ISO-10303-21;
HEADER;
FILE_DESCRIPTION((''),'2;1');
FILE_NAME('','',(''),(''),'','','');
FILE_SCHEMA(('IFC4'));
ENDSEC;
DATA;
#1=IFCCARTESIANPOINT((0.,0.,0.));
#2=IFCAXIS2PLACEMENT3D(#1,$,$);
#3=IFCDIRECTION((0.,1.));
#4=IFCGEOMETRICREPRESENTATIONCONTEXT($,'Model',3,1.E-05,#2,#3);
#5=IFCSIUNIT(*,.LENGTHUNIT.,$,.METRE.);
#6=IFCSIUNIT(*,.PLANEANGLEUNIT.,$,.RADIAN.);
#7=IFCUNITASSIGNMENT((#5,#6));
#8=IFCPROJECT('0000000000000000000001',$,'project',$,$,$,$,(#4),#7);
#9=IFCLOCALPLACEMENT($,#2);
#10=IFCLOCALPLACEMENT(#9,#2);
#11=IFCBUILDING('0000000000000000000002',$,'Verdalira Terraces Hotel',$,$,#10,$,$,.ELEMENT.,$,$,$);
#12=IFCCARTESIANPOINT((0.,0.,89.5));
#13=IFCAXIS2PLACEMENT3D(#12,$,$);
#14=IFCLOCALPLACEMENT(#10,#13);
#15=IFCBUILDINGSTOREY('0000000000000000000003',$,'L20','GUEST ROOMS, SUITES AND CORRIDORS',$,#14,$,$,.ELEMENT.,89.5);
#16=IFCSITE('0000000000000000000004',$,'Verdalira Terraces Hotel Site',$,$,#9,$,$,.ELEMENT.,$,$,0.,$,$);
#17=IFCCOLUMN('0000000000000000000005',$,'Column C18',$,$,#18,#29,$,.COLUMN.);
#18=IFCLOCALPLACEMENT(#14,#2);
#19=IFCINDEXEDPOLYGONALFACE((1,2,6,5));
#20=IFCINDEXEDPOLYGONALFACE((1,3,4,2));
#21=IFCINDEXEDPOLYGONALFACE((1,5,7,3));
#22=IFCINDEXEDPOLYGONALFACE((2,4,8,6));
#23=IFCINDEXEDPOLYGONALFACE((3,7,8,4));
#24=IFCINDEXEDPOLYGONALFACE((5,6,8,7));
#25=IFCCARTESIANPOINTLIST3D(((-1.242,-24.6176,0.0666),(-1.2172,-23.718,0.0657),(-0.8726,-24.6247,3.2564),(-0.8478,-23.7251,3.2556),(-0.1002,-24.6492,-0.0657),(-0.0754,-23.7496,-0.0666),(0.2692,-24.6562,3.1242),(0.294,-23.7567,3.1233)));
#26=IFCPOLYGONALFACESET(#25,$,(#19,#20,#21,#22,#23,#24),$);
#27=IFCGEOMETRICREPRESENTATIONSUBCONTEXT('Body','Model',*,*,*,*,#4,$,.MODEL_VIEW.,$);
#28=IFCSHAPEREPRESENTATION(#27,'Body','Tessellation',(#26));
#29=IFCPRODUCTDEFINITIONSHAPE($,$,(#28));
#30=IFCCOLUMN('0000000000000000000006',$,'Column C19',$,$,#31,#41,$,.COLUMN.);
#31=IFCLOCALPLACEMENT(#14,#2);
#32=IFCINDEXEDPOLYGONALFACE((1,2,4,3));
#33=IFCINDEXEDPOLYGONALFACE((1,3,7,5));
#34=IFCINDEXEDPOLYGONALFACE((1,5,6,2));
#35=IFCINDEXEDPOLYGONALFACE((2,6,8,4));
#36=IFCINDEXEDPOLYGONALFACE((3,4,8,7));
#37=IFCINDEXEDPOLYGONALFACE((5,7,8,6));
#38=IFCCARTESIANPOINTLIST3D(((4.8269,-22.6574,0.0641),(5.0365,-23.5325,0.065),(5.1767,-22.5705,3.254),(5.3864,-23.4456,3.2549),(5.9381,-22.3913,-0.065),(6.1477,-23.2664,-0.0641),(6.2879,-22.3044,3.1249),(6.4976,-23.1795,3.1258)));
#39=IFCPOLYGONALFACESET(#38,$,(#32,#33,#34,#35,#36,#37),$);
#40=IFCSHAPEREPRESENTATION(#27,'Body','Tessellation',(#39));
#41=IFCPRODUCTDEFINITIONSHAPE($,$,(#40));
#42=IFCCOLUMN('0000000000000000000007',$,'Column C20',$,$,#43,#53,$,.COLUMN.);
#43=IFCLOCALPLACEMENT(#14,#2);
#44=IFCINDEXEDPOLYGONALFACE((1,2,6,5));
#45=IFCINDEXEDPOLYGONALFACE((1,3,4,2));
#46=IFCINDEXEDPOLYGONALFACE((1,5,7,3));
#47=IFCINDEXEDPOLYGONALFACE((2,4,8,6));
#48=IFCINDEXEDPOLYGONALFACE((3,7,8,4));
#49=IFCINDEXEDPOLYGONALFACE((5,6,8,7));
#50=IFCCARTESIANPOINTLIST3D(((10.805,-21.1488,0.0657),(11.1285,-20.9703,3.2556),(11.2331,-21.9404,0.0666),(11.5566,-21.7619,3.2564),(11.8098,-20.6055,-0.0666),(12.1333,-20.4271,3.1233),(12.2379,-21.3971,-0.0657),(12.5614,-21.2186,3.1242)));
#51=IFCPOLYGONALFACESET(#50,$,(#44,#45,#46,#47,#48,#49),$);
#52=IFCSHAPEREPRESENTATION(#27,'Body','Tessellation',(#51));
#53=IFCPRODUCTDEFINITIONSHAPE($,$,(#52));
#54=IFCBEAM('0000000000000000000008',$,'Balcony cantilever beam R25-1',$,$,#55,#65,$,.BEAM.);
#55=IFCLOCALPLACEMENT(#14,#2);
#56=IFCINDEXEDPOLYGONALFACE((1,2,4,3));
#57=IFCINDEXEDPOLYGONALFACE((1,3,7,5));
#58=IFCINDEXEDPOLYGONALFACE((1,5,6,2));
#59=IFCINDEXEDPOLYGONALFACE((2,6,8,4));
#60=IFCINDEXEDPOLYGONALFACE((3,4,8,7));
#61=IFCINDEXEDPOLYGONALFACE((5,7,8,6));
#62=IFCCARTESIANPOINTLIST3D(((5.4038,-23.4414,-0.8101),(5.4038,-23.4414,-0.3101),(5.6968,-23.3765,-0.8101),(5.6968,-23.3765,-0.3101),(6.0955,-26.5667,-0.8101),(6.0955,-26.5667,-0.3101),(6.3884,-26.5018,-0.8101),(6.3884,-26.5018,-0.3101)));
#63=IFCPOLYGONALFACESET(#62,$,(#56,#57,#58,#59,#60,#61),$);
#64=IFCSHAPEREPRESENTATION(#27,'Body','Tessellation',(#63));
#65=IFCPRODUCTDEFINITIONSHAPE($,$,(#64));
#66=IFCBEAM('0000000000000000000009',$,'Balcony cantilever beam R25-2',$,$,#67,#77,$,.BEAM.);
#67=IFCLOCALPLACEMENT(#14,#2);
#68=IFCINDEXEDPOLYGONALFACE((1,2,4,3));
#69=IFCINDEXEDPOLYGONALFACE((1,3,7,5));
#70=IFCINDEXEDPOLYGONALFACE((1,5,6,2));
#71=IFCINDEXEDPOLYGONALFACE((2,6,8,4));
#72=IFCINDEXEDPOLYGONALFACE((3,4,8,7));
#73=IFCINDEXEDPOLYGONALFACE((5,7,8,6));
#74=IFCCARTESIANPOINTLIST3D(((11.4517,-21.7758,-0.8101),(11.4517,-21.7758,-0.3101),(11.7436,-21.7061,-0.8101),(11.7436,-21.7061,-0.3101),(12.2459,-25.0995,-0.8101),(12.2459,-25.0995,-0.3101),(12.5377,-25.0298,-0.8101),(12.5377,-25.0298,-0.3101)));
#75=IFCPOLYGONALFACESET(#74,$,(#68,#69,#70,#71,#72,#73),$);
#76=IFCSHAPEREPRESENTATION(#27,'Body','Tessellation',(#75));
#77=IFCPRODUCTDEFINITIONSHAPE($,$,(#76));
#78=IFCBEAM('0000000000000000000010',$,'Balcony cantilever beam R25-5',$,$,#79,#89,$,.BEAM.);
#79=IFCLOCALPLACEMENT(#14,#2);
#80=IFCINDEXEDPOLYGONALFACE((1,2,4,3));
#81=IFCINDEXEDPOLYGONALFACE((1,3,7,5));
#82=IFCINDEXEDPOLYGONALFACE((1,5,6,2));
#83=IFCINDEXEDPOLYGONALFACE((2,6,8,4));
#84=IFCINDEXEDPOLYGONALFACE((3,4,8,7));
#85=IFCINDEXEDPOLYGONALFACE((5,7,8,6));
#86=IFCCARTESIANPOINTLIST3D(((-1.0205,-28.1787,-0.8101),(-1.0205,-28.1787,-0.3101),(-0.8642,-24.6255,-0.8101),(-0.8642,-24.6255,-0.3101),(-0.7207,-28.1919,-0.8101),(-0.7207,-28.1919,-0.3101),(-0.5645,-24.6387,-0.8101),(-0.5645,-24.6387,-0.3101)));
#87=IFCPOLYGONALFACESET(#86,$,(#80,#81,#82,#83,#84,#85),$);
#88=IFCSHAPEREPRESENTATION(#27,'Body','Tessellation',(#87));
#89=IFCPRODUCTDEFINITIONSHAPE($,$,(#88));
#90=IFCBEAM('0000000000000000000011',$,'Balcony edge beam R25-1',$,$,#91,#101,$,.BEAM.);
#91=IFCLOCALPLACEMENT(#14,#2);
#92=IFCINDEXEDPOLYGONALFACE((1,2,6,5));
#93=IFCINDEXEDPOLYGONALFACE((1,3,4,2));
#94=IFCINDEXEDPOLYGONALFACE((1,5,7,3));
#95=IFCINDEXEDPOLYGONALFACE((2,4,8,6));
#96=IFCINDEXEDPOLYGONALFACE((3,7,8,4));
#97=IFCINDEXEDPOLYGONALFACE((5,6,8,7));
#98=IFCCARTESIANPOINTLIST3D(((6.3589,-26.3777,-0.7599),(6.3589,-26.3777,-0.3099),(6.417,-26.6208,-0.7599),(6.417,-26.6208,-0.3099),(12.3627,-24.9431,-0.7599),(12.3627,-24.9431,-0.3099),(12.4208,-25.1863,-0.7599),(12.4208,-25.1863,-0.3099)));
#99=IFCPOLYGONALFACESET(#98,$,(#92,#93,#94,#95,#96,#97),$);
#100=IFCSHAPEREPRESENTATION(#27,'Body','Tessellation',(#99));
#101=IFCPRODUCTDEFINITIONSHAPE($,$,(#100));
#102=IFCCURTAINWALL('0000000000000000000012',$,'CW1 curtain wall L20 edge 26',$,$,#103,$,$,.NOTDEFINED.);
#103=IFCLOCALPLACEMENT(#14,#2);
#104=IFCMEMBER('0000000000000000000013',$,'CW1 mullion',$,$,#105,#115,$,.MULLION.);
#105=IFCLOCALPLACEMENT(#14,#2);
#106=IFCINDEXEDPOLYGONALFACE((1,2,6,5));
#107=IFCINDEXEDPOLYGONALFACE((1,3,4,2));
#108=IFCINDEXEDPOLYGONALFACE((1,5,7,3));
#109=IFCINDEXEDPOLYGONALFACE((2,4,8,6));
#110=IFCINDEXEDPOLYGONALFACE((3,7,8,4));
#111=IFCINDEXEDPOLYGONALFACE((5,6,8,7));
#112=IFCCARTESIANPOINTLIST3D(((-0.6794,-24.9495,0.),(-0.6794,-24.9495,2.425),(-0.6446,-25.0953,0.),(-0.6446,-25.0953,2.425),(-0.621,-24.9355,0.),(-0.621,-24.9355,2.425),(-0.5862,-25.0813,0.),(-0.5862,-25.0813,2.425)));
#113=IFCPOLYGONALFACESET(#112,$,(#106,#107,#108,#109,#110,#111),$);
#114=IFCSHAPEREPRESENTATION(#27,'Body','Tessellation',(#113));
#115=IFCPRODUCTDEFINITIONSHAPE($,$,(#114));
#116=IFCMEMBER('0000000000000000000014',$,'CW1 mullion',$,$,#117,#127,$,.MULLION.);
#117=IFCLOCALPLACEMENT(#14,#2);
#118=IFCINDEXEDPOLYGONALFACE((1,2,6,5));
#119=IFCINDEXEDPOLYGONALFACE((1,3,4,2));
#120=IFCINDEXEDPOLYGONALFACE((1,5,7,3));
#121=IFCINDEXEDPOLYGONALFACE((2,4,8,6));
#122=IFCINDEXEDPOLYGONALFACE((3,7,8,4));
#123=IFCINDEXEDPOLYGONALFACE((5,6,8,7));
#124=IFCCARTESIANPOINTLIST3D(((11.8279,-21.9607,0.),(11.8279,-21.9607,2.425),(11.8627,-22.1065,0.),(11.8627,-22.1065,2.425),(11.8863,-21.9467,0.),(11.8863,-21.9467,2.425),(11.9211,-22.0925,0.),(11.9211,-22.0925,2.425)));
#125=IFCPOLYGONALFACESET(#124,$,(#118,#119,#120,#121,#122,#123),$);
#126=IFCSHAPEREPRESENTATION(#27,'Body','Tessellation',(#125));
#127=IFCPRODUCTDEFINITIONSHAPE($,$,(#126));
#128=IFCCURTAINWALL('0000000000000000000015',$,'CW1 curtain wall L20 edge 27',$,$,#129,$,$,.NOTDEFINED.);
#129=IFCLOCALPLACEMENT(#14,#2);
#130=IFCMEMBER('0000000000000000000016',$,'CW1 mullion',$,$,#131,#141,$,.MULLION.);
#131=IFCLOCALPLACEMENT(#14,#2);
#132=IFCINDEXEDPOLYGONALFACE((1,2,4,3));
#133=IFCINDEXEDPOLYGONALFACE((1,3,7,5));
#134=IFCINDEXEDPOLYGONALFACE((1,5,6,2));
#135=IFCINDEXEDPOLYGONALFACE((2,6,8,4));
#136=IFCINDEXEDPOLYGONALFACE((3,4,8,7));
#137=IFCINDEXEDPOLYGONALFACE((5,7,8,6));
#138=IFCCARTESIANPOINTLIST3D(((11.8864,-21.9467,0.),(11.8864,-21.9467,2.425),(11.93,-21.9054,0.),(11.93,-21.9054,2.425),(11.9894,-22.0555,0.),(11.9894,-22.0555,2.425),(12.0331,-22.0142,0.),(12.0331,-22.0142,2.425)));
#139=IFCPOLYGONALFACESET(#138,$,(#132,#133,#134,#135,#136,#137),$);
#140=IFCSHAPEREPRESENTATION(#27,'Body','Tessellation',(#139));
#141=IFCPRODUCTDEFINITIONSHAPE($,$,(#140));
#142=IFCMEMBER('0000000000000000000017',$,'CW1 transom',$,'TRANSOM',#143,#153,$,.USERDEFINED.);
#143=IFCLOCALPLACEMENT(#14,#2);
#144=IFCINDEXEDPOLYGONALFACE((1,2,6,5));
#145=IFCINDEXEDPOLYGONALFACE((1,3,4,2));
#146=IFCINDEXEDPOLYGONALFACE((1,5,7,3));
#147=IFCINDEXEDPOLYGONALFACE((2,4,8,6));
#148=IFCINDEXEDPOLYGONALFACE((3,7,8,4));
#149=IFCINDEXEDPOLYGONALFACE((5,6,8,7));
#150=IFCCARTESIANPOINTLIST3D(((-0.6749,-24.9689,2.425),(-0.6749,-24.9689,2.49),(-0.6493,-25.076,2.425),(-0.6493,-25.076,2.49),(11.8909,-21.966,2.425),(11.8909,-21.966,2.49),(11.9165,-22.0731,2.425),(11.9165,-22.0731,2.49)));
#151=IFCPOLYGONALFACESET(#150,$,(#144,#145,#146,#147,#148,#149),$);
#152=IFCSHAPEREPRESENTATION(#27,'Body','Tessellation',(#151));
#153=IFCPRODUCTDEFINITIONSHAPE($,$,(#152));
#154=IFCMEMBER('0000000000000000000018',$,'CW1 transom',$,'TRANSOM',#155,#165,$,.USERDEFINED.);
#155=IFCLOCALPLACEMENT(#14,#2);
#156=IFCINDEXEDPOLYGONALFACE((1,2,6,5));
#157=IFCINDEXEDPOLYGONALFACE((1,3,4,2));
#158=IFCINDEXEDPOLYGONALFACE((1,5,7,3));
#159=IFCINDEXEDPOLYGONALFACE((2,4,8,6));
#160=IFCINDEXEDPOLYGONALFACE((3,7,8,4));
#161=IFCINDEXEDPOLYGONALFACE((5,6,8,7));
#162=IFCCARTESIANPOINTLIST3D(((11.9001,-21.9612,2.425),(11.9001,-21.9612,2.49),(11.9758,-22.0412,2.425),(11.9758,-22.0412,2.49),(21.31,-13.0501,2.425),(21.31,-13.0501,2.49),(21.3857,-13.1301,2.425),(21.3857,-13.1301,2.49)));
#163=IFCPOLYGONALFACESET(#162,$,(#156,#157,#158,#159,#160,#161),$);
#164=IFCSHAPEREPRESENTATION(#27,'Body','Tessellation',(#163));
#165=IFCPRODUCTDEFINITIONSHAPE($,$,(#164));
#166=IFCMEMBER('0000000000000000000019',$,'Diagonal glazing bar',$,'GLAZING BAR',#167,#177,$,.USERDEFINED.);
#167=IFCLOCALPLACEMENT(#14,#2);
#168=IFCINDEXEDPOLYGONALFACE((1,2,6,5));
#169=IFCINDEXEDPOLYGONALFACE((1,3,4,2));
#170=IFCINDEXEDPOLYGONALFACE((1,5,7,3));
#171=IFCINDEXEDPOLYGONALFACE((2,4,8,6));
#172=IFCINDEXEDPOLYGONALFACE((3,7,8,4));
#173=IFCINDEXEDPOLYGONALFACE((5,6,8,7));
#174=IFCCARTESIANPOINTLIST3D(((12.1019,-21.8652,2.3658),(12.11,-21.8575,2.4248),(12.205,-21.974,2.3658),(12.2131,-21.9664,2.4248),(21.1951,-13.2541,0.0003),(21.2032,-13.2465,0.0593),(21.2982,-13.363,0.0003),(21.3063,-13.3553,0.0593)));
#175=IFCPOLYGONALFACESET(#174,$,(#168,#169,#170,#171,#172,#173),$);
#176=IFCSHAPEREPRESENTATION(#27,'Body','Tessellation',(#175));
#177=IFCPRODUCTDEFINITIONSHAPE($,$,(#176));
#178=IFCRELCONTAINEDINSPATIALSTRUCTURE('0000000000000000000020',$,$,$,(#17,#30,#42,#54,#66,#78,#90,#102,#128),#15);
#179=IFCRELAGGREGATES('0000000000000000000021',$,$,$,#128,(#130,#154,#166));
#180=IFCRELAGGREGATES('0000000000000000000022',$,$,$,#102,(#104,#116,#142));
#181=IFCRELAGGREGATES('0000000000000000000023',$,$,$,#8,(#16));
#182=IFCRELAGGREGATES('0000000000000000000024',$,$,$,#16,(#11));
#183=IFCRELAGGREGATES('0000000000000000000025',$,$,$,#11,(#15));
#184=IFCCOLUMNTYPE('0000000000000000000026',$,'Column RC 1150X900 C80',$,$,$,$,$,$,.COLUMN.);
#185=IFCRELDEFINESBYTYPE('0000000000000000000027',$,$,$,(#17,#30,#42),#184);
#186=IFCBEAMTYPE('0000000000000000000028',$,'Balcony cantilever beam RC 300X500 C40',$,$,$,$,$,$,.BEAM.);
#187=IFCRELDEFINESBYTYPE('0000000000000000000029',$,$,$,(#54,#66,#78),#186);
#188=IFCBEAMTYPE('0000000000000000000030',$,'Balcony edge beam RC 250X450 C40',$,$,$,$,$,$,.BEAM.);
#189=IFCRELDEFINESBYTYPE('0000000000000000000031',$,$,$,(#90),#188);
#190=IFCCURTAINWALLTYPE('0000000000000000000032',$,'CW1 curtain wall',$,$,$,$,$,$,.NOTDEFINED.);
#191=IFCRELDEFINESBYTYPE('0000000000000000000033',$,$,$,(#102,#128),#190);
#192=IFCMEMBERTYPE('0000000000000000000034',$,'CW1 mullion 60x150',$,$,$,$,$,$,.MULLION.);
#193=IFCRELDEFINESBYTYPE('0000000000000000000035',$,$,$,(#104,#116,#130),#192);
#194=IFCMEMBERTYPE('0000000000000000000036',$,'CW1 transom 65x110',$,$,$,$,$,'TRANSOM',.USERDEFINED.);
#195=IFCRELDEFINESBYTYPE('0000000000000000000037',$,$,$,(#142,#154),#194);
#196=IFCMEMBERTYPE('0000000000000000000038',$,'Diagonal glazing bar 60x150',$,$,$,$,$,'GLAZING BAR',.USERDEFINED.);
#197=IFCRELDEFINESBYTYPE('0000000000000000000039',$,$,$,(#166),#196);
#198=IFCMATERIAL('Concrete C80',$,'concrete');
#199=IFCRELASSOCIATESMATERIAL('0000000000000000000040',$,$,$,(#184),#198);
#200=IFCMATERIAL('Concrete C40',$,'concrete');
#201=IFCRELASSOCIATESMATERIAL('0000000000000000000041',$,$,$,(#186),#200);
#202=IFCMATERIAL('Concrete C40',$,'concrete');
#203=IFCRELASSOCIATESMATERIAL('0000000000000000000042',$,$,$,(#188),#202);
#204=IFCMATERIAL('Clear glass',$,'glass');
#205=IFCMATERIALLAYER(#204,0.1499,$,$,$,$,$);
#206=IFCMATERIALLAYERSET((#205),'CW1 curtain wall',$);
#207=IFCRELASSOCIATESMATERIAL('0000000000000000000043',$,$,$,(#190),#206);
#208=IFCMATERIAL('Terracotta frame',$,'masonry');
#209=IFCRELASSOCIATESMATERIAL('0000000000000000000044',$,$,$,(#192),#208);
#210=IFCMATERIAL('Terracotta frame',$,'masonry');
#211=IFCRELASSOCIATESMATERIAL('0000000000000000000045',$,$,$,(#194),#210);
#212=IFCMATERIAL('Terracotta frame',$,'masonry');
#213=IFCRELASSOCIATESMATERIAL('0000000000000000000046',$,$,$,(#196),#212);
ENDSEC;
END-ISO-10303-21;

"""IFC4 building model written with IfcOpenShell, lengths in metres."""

from ifc_helpers import new_model, si_unit, direction, frame, origin, origin_2d, place, context, subcontext, project, spatial, rectangle, extrude, material, layer, layer_set, material_profile, profile_set, type_object, element, aggregate, save


model = new_model("IFC4")

# Units and contexts
model_context = context("Model", 3, precision=1e-05, world=origin(), true_north=direction((0.0, 1.0)))
body_context = subcontext(model_context, "Body", "Model", "MODEL_VIEW")
ifc_project = project(units=[si_unit("LENGTHUNIT", "METRE"), si_unit("PLANEANGLEUNIT", "RADIAN")], contexts=[model_context])

# Site, building, storey
site_placement = place(None, origin())
site = spatial("IfcSite", under=ifc_project, at=site_placement, Name="Verdalira Terraces Hotel Site", CompositionType="ELEMENT", RefElevation=0.0)
building_placement = place(site_placement, origin())
building = spatial("IfcBuilding", under=site, at=building_placement, Name="Verdalira Terraces Hotel", CompositionType="ELEMENT")
storey_placement = place(building_placement, frame((0.0, 0.0, 89.5)))
storey = spatial("IfcBuildingStorey", under=building, at=storey_placement, Name="L20", Description="GUEST ROOMS, SUITES AND CORRIDORS", CompositionType="ELEMENT", Elevation=89.5)

# Columns
ifc_material_1 = material(Name="Concrete C80", Category="concrete")
ifc_material_profile_1 = material_profile(ifc_material_1, rectangle(XDim=1.1499, YDim=0.8999, at=origin_2d()), Name="RC 1150X900")
ifc_profile_set_1 = profile_set([ifc_material_profile_1], Name="Concrete C80")
column_type = type_object("IfcColumnType", Name="Column RC 1150X900 C80", PredefinedType="COLUMN", material=ifc_profile_set_1)
column_1_placement = place(storey_placement, frame((-0.6587, -24.1836, 0.0), z_axis=(0.115028, -0.002205, 0.99336), x_axis=(-0.99298, 0.027468, 0.115045)))
element("IfcColumn", 1, at=column_1_placement, inside=storey, type_object=column_type, Name="Column C18", PredefinedType="COLUMN", context=body_context, shape_type="SweptSolid", body=[
    extrude(rectangle(XDim=1.1499, YDim=0.8999, at=origin_2d()), origin(), (0.0, 0.0, 1.0), 3.2112),
])
column_2_placement = place(storey_placement, frame((5.4873, -22.9619, 0.0), z_axis=(0.10898, 0.027074, 0.993675), x_axis=(0.96636, 0.231385, -0.112289)))
element("IfcColumn", 2, at=column_2_placement, inside=storey, type_object=column_type, Name="Column C19", PredefinedType="COLUMN", context=body_context, shape_type="SweptSolid", body=[
    extrude(rectangle(XDim=1.1499, YDim=0.8999, at=origin_2d()), origin(), (0.0, 0.0, 1.0), 3.2102),
])
column_3_placement = place(storey_placement, frame((11.5215, -21.2729, 0.0), z_axis=(0.100735, 0.055575, 0.99336), x_axis=(-0.873816, -0.472451, 0.115044)))
element("IfcColumn", 3, at=column_3_placement, inside=storey, type_object=column_type, Name="Column C20", PredefinedType="COLUMN", context=body_context, shape_type="SweptSolid", body=[
    extrude(rectangle(XDim=1.1499, YDim=0.8999, at=origin_2d()), origin(), (0.0, 0.0, 1.0), 3.2112),
])

# Beams
ifc_material_2 = material(Name="Concrete C40", Category="concrete")
ifc_material_profile_2 = material_profile(ifc_material_2, rectangle(XDim=0.3, YDim=0.5, at=origin_2d()), Name="RC 300X500")
ifc_profile_set_2 = profile_set([ifc_material_profile_2], Name="Concrete C40")
beam_type_1 = type_object("IfcBeamType", Name="Balcony cantilever beam RC 300X500 C40", PredefinedType="BEAM", material=ifc_profile_set_2)
beam_1_placement = place(storey_placement, frame((5.5503, -23.4089, -0.5601), z_axis=(0.216082, -0.976375, 0.0), x_axis=(0.976375, 0.216082, 0.0)))
element("IfcBeam", 4, at=beam_1_placement, inside=storey, type_object=beam_type_1, Name="Balcony cantilever beam R25-1", PredefinedType="BEAM", context=body_context, shape_type="SweptSolid", body=[
    extrude(rectangle(XDim=0.3, YDim=0.5, at=origin_2d()), origin(), (0.0, 0.0, 1.0), 3.2009),
])
beam_2_placement = place(storey_placement, frame((11.5977, -21.741, -0.5601), z_axis=(0.232403, -0.97262, 0.0), x_axis=(0.97262, 0.232403, 0.0)))
element("IfcBeam", 5, at=beam_2_placement, inside=storey, type_object=beam_type_1, Name="Balcony cantilever beam R25-2", PredefinedType="BEAM", context=body_context, shape_type="SweptSolid", body=[
    extrude(rectangle(XDim=0.3, YDim=0.5, at=origin_2d()), origin(), (0.0, 0.0, 1.0), 3.4172),
])
beam_3_placement = place(storey_placement, frame((-0.7144, -24.6321, -0.5601), z_axis=(-0.043932, -0.999035, 0.0), x_axis=(0.999035, -0.043932, 0.0)))
element("IfcBeam", 6, at=beam_3_placement, inside=storey, type_object=beam_type_1, Name="Balcony cantilever beam R25-5", PredefinedType="BEAM", context=body_context, shape_type="SweptSolid", body=[
    extrude(rectangle(XDim=0.3, YDim=0.5, at=origin_2d()), origin(), (0.0, 0.0, 1.0), 3.5566),
])
ifc_material_3 = material(Name="Concrete C40", Category="concrete")
ifc_material_profile_3 = material_profile(ifc_material_3, rectangle(XDim=0.25, YDim=0.45, at=origin_2d()), Name="RC 250X450")
ifc_profile_set_3 = profile_set([ifc_material_profile_3], Name="Concrete C40")
beam_type_2 = type_object("IfcBeamType", Name="Balcony edge beam RC 250X450 C40", PredefinedType="BEAM", material=ifc_profile_set_3)
beam_4_placement = place(storey_placement, frame((6.3879, -26.4993, -0.5349), z_axis=(0.972621, 0.232398, 0.0), x_axis=(-0.232398, 0.972621, 0.0)))
element("IfcBeam", 7, at=beam_4_placement, inside=storey, type_object=beam_type_2, Name="Balcony edge beam R25-1", PredefinedType="BEAM", context=body_context, shape_type="SweptSolid", body=[
    extrude(rectangle(XDim=0.25, YDim=0.45, at=origin_2d()), origin(), (0.0, 0.0, 1.0), 6.1729),
])

# Curtain wall, members
ifc_material_4 = material(Name="Clear glass", Category="glass")
ifc_layer_1 = layer(ifc_material_4, 0.1499)
ifc_layer_set_1 = layer_set([ifc_layer_1], Name="CW1 curtain wall")
curtain_wall_type = type_object("IfcCurtainWallType", Name="CW1 curtain wall", PredefinedType="NOTDEFINED", material=ifc_layer_set_1)
curtain_wall_1_placement = place(storey_placement, origin())
curtain_wall_1 = element("IfcCurtainWall", 8, at=curtain_wall_1_placement, inside=storey, type_object=curtain_wall_type, Name="CW1 curtain wall L20 edge 26", PredefinedType="NOTDEFINED")
ifc_material_5 = material(Name="Terracotta frame", Category="masonry")
ifc_material_profile_4 = material_profile(ifc_material_5, rectangle(XDim=0.0601, YDim=0.1499, at=origin_2d()), Name="MU 60x150")
ifc_profile_set_4 = profile_set([ifc_material_profile_4], Name="Terracotta frame")
member_type_1 = type_object("IfcMemberType", Name="CW1 mullion 60x150", PredefinedType="MULLION", material=ifc_profile_set_4)
member_1_placement = place(storey_placement, frame((-0.6328, -25.0154, 0.0), z_axis=(0.0, 0.0, 1.0), x_axis=(0.972614, 0.232427, 0.0)))
member_1 = element("IfcMember", 9, at=member_1_placement, type_object=member_type_1, Name="CW1 mullion", PredefinedType="MULLION", context=body_context, shape_type="SweptSolid", body=[
    extrude(rectangle(XDim=0.0601, YDim=0.1499, at=origin_2d()), origin(), (0.0, 0.0, 1.0), 2.425),
])
member_2_placement = place(storey_placement, frame((11.8745, -22.0266, 0.0), z_axis=(0.0, 0.0, 1.0), x_axis=(0.972614, 0.232427, 0.0)))
member_2 = element("IfcMember", 10, at=member_2_placement, type_object=member_type_1, Name="CW1 mullion", PredefinedType="MULLION", context=body_context, shape_type="SweptSolid", body=[
    extrude(rectangle(XDim=0.0601, YDim=0.1499, at=origin_2d()), origin(), (0.0, 0.0, 1.0), 2.425),
])

# Curtain wall, member
curtain_wall_2_placement = place(storey_placement, origin())
curtain_wall_2 = element("IfcCurtainWall", 11, at=curtain_wall_2_placement, inside=storey, type_object=curtain_wall_type, Name="CW1 curtain wall L20 edge 27", PredefinedType="NOTDEFINED")
member_3_placement = place(storey_placement, frame((11.9597, -21.9805, 0.0), z_axis=(0.0, 0.0, 1.0), x_axis=(0.726095, 0.687595, 0.0)))
member_3 = element("IfcMember", 12, at=member_3_placement, type_object=member_type_1, Name="CW1 mullion", PredefinedType="MULLION", context=body_context, shape_type="SweptSolid", body=[
    extrude(rectangle(XDim=0.0601, YDim=0.1499, at=origin_2d()), origin(), (0.0, 0.0, 1.0), 2.425),
])

# Members
ifc_material_6 = material(Name="Terracotta frame", Category="masonry")
ifc_material_profile_5 = material_profile(ifc_material_6, rectangle(XDim=0.1101, YDim=0.0649, at=origin_2d()), Name="TR 65x110")
ifc_profile_set_5 = profile_set([ifc_material_profile_5], Name="Terracotta frame")
member_type_2 = type_object("IfcMemberType", Name="CW1 transom 65x110", ElementType="TRANSOM", PredefinedType="USERDEFINED", material=ifc_profile_set_5)
member_4_placement = place(storey_placement, frame((-0.6621, -25.0225, 2.4575), z_axis=(0.972613, 0.232429, 0.0), x_axis=(-0.232429, 0.972613, 0.0)))
member_4 = element("IfcMember", 13, at=member_4_placement, type_object=member_type_2, Name="CW1 transom", ObjectType="TRANSOM", PredefinedType="USERDEFINED", context=body_context, shape_type="SweptSolid", body=[
    extrude(rectangle(XDim=0.1101, YDim=0.0649, at=origin_2d()), origin(), (0.0, 0.0, 1.0), 12.9197),
])
member_5_placement = place(storey_placement, frame((11.938, -22.0012, 2.4575), z_axis=(0.726088, 0.687601, 0.0), x_axis=(-0.687601, 0.726088, 0.0)))
member_5 = element("IfcMember", 14, at=member_5_placement, type_object=member_type_2, Name="CW1 transom", ObjectType="TRANSOM", PredefinedType="USERDEFINED", context=body_context, shape_type="SweptSolid", body=[
    extrude(rectangle(XDim=0.1101, YDim=0.0649, at=origin_2d()), origin(), (0.0, 0.0, 1.0), 12.9597),
])
ifc_material_7 = material(Name="Terracotta frame", Category="masonry")
ifc_material_profile_6 = material_profile(ifc_material_7, rectangle(XDim=0.1499, YDim=0.0601, at=origin_2d()), Name="GB 60x150")
ifc_profile_set_6 = profile_set([ifc_material_profile_6], Name="Terracotta frame")
member_type_3 = type_object("IfcMemberType", Name="Diagonal glazing bar 60x150", ElementType="GLAZING BAR", PredefinedType="USERDEFINED", material=ifc_profile_set_6)
member_6_placement = place(storey_placement, frame((12.1575, -21.9158, 2.3953), z_axis=(0.71348, 0.675647, -0.185601), x_axis=(-0.687594, 0.726096, 0.0)))
member_6 = element("IfcMember", 15, at=member_6_placement, type_object=member_type_3, Name="Diagonal glazing bar", ObjectType="GLAZING BAR", PredefinedType="USERDEFINED", context=body_context, shape_type="SweptSolid", body=[
    extrude(rectangle(XDim=0.1499, YDim=0.0601, at=origin_2d()), origin(), (0.0, 0.0, 1.0), 12.7449),
])
aggregate(curtain_wall_2, [member_3, member_5, member_6])

aggregate(curtain_wall_1, [member_1, member_2, member_4])

save(model, "model.ifc")
